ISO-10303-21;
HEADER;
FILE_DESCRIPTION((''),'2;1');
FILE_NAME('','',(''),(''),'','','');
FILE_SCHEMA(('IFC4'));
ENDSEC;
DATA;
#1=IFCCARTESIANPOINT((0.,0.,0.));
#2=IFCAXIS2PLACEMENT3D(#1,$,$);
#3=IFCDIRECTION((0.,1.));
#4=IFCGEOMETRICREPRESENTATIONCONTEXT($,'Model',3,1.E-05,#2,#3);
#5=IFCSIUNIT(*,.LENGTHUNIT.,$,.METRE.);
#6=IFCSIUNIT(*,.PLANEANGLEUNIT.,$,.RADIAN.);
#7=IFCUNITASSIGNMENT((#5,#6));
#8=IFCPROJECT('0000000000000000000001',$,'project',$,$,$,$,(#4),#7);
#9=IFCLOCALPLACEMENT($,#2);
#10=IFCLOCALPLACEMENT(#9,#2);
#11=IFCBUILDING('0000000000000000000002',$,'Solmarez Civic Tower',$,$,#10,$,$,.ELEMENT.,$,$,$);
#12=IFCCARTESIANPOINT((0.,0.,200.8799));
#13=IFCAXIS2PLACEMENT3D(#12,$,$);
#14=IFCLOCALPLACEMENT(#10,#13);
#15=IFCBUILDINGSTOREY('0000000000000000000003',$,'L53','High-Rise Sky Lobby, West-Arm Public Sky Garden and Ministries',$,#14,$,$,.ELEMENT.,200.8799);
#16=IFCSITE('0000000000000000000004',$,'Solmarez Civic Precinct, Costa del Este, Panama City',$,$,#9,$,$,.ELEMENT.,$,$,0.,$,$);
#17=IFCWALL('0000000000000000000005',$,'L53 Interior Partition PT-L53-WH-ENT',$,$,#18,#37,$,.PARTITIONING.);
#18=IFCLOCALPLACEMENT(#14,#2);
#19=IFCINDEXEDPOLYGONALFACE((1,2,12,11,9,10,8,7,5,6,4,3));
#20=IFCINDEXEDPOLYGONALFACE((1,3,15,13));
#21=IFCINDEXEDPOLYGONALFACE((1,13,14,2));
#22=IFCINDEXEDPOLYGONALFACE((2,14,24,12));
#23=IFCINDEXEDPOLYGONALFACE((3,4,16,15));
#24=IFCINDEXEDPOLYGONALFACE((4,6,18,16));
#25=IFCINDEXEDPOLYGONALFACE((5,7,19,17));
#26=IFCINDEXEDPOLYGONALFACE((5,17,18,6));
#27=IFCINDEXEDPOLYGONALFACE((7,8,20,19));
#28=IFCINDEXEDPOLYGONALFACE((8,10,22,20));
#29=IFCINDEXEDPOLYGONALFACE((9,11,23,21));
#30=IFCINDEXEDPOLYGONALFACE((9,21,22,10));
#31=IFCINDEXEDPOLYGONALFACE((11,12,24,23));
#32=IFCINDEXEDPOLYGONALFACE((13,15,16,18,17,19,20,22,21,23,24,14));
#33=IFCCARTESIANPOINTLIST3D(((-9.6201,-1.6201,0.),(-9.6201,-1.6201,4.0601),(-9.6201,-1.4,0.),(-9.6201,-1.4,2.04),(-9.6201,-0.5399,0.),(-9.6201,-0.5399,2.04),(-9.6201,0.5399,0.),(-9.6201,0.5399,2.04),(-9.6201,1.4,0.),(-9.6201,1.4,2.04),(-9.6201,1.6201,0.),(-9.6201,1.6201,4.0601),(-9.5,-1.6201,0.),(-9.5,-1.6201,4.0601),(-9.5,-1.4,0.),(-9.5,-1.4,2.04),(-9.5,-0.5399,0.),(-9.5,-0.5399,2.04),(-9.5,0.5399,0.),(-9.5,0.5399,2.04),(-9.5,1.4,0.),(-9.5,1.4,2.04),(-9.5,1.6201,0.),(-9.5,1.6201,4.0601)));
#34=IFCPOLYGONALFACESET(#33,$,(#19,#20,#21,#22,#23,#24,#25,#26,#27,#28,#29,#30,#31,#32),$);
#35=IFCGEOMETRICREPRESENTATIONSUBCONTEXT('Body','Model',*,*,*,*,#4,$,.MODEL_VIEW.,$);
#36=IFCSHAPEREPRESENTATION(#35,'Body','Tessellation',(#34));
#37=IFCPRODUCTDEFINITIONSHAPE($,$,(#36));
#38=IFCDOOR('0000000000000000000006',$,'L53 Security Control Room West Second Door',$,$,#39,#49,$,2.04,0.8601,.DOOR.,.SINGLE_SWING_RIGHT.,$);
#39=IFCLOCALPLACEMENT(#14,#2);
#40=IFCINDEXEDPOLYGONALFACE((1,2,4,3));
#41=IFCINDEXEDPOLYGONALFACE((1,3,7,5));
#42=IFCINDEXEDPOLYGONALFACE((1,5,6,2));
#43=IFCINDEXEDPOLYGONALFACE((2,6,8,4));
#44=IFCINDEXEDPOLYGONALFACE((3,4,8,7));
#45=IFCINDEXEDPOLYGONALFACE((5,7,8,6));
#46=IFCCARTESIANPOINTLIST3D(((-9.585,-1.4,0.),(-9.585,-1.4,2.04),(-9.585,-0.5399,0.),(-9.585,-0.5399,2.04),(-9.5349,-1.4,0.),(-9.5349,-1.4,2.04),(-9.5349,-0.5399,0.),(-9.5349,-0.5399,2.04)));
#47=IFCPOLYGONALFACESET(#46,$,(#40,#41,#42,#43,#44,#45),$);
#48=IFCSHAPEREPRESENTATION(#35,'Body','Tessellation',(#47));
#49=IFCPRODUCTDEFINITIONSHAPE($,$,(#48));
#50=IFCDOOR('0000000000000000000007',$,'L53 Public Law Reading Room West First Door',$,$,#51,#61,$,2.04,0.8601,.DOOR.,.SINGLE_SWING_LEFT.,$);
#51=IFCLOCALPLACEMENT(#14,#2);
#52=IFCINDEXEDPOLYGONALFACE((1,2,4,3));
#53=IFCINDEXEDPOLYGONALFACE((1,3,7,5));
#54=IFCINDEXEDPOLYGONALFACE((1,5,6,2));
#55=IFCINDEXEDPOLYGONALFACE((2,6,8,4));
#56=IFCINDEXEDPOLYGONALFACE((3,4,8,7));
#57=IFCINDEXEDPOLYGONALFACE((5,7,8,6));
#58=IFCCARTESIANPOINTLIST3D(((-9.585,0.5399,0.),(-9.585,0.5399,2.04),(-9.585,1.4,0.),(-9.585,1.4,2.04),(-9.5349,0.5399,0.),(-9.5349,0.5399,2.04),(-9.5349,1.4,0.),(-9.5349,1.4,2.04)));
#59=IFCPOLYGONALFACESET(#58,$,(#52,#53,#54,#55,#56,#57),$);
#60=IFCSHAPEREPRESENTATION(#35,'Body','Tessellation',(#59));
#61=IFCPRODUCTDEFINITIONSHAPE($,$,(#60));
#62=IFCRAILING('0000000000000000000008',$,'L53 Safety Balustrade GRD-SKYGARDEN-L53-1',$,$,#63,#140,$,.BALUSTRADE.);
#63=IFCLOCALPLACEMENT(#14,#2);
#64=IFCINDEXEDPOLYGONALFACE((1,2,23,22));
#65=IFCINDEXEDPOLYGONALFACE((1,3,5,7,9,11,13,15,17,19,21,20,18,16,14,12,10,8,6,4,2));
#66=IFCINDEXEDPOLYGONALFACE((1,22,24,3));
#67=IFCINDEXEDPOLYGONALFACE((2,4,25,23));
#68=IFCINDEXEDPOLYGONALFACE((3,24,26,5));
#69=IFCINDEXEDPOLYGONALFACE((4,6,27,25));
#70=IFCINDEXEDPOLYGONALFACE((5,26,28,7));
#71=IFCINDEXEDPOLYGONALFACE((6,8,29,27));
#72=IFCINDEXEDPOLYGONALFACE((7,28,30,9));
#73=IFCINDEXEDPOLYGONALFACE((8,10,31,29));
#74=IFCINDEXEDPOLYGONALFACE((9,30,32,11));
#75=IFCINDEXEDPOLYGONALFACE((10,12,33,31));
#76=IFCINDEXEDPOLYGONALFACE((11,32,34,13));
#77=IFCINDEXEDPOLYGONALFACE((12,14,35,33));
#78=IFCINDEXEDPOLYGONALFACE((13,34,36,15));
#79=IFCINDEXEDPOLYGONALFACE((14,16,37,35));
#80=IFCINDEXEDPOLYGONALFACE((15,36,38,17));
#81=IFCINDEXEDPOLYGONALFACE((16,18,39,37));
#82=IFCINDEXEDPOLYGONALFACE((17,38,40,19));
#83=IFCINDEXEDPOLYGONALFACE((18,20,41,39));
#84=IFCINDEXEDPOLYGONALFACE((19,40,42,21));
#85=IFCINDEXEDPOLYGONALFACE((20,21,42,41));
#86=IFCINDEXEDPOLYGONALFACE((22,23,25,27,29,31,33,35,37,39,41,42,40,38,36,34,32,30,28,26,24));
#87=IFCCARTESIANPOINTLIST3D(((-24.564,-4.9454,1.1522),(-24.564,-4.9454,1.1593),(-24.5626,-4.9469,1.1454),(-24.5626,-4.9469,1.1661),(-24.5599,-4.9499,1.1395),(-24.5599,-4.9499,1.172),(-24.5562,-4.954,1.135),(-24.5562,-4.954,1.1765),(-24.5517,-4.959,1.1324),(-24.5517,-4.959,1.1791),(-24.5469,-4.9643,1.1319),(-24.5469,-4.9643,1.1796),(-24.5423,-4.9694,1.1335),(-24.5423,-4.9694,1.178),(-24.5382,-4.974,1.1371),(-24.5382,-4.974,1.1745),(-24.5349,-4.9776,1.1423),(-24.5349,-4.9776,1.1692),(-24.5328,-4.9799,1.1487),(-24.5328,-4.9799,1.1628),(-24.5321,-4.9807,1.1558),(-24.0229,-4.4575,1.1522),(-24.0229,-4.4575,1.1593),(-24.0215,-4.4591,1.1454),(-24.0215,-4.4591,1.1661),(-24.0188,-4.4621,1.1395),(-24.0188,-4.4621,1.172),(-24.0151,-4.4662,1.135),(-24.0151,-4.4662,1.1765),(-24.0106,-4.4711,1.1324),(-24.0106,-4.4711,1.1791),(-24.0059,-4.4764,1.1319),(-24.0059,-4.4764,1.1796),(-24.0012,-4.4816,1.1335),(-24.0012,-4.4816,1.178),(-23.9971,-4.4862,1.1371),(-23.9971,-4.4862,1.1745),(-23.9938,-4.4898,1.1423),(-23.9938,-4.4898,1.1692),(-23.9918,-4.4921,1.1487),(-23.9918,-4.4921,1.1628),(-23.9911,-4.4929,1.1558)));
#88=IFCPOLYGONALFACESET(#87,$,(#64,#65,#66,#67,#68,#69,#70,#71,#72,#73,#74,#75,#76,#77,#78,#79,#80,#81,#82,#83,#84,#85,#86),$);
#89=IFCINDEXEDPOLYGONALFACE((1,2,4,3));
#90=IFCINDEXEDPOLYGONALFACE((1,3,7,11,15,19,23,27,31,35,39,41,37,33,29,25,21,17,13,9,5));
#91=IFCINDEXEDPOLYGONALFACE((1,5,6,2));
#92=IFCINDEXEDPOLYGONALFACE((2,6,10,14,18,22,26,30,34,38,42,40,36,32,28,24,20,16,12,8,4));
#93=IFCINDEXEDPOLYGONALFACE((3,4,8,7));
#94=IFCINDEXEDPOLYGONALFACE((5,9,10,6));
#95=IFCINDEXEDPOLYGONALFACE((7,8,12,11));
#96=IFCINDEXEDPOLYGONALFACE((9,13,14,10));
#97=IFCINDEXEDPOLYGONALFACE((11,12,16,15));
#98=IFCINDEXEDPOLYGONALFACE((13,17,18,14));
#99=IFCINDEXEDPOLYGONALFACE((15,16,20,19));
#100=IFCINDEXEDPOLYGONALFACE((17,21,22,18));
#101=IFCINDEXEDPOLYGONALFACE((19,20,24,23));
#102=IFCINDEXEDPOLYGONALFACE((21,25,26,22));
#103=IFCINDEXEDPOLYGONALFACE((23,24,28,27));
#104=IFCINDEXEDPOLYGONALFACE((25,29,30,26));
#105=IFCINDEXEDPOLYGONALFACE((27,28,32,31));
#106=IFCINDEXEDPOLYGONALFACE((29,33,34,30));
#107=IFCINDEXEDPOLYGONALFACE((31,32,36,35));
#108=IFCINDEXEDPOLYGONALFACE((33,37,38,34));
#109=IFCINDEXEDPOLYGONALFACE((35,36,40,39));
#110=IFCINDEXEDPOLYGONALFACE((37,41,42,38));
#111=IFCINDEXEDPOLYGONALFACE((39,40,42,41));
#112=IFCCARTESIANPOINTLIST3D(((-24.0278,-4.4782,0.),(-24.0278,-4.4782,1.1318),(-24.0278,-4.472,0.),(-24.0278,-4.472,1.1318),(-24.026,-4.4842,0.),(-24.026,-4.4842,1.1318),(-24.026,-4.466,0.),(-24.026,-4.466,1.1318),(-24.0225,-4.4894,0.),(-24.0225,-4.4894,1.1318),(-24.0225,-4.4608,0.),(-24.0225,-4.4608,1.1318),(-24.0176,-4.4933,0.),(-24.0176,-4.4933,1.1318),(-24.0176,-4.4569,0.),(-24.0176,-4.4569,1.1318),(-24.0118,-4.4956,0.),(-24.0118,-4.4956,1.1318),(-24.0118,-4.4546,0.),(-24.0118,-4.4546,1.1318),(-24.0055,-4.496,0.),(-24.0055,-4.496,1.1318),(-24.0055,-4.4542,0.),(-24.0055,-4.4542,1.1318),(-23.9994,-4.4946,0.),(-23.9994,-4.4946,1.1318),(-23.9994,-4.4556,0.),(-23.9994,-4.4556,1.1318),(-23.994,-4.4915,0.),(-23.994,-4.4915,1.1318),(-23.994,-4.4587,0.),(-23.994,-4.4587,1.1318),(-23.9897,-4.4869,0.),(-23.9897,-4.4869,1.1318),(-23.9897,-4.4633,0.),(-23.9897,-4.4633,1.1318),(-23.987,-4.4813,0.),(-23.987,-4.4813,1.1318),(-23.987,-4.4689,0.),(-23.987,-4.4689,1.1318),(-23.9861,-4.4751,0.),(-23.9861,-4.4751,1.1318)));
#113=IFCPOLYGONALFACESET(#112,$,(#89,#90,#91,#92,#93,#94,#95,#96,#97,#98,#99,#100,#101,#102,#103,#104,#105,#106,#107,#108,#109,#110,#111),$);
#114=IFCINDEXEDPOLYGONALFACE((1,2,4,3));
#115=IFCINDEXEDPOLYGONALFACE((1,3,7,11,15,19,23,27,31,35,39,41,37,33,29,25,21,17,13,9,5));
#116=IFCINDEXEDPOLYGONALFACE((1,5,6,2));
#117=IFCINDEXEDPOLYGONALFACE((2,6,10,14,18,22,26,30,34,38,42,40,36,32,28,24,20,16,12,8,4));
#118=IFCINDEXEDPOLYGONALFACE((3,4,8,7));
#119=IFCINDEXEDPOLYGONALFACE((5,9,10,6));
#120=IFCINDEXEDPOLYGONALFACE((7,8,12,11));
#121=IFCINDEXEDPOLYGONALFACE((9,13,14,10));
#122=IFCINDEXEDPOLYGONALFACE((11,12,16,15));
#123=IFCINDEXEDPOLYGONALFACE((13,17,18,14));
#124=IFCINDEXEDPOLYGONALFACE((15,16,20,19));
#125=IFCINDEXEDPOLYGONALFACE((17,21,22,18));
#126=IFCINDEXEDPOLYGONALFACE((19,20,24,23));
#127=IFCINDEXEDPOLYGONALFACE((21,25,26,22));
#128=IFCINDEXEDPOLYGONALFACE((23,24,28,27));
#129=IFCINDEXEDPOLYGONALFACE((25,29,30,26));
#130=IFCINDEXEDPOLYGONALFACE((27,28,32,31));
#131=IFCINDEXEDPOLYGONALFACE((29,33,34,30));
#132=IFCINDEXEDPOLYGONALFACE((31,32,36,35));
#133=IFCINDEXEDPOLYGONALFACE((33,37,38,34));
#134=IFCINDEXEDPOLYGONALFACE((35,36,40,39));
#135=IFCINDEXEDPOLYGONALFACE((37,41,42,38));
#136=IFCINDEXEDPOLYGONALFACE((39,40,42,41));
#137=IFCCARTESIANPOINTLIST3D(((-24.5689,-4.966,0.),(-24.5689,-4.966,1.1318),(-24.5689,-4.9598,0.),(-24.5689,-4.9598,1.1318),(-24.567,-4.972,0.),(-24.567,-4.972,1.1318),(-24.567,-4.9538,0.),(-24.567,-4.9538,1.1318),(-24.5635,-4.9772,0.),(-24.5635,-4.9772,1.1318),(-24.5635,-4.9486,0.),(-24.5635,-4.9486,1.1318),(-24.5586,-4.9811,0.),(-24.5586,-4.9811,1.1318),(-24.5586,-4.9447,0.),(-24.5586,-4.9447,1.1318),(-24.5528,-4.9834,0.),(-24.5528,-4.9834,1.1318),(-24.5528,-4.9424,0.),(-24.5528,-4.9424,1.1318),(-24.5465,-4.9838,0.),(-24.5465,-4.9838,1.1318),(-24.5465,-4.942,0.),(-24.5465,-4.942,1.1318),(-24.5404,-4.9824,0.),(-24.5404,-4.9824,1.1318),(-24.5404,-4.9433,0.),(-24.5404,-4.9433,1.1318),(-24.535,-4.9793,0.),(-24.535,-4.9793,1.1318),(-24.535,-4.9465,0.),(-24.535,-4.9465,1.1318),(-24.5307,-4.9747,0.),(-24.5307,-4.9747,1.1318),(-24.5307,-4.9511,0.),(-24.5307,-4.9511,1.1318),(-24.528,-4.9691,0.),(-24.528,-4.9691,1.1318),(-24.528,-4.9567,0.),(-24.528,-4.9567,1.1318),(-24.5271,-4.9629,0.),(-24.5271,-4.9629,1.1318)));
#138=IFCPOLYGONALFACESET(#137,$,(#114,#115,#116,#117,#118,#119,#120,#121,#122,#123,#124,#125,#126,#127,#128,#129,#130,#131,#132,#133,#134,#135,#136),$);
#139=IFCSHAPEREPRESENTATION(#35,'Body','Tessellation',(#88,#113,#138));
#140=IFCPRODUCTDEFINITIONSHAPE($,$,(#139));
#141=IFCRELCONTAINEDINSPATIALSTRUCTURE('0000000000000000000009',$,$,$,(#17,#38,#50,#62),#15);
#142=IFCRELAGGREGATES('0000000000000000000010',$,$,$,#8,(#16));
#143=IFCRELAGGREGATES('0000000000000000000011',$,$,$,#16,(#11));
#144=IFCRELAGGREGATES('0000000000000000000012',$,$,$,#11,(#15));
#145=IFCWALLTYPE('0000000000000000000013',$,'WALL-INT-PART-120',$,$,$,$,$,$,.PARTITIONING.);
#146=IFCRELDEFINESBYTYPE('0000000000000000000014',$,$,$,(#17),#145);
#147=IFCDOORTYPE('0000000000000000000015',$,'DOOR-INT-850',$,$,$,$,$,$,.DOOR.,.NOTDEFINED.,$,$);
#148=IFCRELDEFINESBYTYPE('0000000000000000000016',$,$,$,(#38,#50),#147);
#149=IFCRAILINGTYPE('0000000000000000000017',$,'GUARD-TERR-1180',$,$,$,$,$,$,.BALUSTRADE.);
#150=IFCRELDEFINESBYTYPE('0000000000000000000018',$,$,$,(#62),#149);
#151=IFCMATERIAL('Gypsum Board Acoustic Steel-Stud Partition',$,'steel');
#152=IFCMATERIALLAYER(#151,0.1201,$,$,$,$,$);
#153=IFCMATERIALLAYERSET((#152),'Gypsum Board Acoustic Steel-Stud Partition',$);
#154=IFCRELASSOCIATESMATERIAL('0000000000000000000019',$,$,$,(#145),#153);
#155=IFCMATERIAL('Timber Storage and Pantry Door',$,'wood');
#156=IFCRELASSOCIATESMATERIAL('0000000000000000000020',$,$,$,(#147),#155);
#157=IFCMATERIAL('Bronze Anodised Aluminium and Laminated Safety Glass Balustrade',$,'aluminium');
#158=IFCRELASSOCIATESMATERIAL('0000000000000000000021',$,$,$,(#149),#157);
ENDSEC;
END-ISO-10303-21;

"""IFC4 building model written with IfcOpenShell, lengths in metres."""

from ifc_helpers import new_model, si_unit, direction, frame, frame_2d, origin, origin_2d, place, context, subcontext, project, spatial, rectangle, circle, extrude, material, layer, layer_set, type_object, element, fill, save


model = new_model("IFC4")

# Units and contexts
model_context = context("Model", 3, precision=1e-05, world=origin(), true_north=direction((0.0, 1.0)))
body_context = subcontext(model_context, "Body", "Model", "MODEL_VIEW")
ifc_project = project(units=[si_unit("LENGTHUNIT", "METRE"), si_unit("PLANEANGLEUNIT", "RADIAN")], contexts=[model_context])

# Site, building, storey
site_placement = place(None, origin())
site = spatial("IfcSite", under=ifc_project, at=site_placement, Name="Solmarez Civic Precinct, Costa del Este, Panama City", CompositionType="ELEMENT", RefElevation=0.0)
building_placement = place(site_placement, origin())
building = spatial("IfcBuilding", under=site, at=building_placement, Name="Solmarez Civic Tower", CompositionType="ELEMENT")
storey_placement = place(building_placement, frame((0.0, 0.0, 200.8799)))
storey = spatial("IfcBuildingStorey", under=building, at=storey_placement, Name="L53", Description="High-Rise Sky Lobby, West-Arm Public Sky Garden and Ministries", CompositionType="ELEMENT", Elevation=200.8799)

# Shared definitions
ifc_material_1 = material(Name="Gypsum Board Acoustic Steel-Stud Partition", Category="steel")
ifc_layer_1 = layer(ifc_material_1, 0.1201)
ifc_layer_set_1 = layer_set([ifc_layer_1], Name="Gypsum Board Acoustic Steel-Stud Partition")
wall_type_1 = type_object("IfcWallType", Name="WALL-INT-PART-120", PredefinedType="PARTITIONING", material=ifc_layer_set_1)

# Wall, openings, doors
wall_1_placement = place(storey_placement, frame((-9.5601, -1.6201, 0.0), z_axis=(0.0, 0.0, 1.0), x_axis=(0.0, 1.0, 0.0)))
wall_1 = element("IfcWall", 1, at=wall_1_placement, inside=storey, type_object=wall_type_1, Name="L53 Interior Partition PT-L53-WH-ENT", PredefinedType="PARTITIONING", context=body_context, shape_type="SweptSolid", body=[
    extrude(rectangle(XDim=3.2402, YDim=0.1201, at=frame_2d((1.6201, 0.0))), origin(), (0.0, 0.0, 1.0), 4.0601),
])
opening_1_placement = place(wall_1_placement, frame((0.22, 0.0, 0.0)))
opening_1 = element("IfcOpeningElement", 2, at=opening_1_placement, cuts=wall_1, PredefinedType="OPENING", context=body_context, shape_type="SweptSolid", body=[
    extrude(rectangle(XDim=0.8601, YDim=2.04, at=frame_2d((0.4302, 1.02))), frame((0.0, 0.0701, 0.0), z_axis=(0.0, -1.0, 0.0), x_axis=(1.0, 0.0, 0.0)), (0.0, 0.0, 1.0), 0.1401),
])
opening_2_placement = place(wall_1_placement, frame((2.1599, 0.0, 0.0)))
opening_2 = element("IfcOpeningElement", 3, at=opening_2_placement, cuts=wall_1, PredefinedType="OPENING", context=body_context, shape_type="SweptSolid", body=[
    extrude(rectangle(XDim=0.8601, YDim=2.04, at=frame_2d((0.4302, 1.02))), frame((0.0, 0.0701, 0.0), z_axis=(0.0, -1.0, 0.0), x_axis=(1.0, 0.0, 0.0)), (0.0, 0.0, 1.0), 0.1401),
])
ifc_material_2 = material(Name="Timber Storage and Pantry Door", Category="wood")
door_type = type_object("IfcDoorType", Name="DOOR-INT-850", OperationType="NOTDEFINED", PredefinedType="DOOR", material=ifc_material_2)
door_1_placement = place(opening_1_placement, origin())
door_1 = element("IfcDoor", 4, at=door_1_placement, inside=storey, type_object=door_type, Name="L53 Security Control Room West Second Door", OperationType="SINGLE_SWING_RIGHT", OverallHeight=2.04, OverallWidth=0.8601, PredefinedType="DOOR", context=body_context, shape_type="SweptSolid", body=[
    extrude(rectangle(XDim=0.8601, YDim=2.04, at=frame_2d((0.4302, 1.02))), frame((0.0, 0.0249, 0.0), z_axis=(0.0, -1.0, 0.0), x_axis=(1.0, 0.0, 0.0)), (0.0, 0.0, 1.0), 0.05),
])
fill(opening_1, door_1)
door_2_placement = place(opening_2_placement, origin())
door_2 = element("IfcDoor", 5, at=door_2_placement, inside=storey, type_object=door_type, Name="L53 Public Law Reading Room West First Door", OperationType="SINGLE_SWING_LEFT", OverallHeight=2.04, OverallWidth=0.8601, PredefinedType="DOOR", context=body_context, shape_type="SweptSolid", body=[
    extrude(rectangle(XDim=0.8601, YDim=2.04, at=frame_2d((0.4302, 1.02))), frame((0.0, 0.0249, 0.0), z_axis=(0.0, -1.0, 0.0), x_axis=(1.0, 0.0, 0.0)), (0.0, 0.0, 1.0), 0.05),
])
fill(opening_2, door_2)

# Railing
ifc_material_3 = material(Name="Bronze Anodised Aluminium and Laminated Safety Glass Balustrade", Category="aluminium")
railing_type = type_object("IfcRailingType", Name="GUARD-TERR-1180", PredefinedType="BALUSTRADE", material=ifc_material_3)
railing_1_placement = place(storey_placement, frame((-24.0071, -4.4751, 0.0)))
element("IfcRailing", 6, at=railing_1_placement, inside=storey, type_object=railing_type, Name="L53 Safety Balustrade GRD-SKYGARDEN-L53-1", PredefinedType="BALUSTRADE", context=body_context, shape_type="SweptSolid", body=[
    extrude(circle(Radius=0.0239, at=origin_2d()), frame((0.0, 0.0, 1.1558), z_axis=(-0.742694, -0.669631, 0.0), x_axis=(0.669631, -0.742694, 0.0)), (0.0, 0.0, 1.0), 0.7285),
    extrude(circle(Radius=0.021, at=origin_2d()), origin(), (0.0, 0.0, 1.0), 1.1318),
    extrude(circle(Radius=0.021, at=origin_2d()), frame((-0.541, -0.4878, 0.0)), (0.0, 0.0, 1.0), 1.1318),
])

save(model, "model.ifc")
